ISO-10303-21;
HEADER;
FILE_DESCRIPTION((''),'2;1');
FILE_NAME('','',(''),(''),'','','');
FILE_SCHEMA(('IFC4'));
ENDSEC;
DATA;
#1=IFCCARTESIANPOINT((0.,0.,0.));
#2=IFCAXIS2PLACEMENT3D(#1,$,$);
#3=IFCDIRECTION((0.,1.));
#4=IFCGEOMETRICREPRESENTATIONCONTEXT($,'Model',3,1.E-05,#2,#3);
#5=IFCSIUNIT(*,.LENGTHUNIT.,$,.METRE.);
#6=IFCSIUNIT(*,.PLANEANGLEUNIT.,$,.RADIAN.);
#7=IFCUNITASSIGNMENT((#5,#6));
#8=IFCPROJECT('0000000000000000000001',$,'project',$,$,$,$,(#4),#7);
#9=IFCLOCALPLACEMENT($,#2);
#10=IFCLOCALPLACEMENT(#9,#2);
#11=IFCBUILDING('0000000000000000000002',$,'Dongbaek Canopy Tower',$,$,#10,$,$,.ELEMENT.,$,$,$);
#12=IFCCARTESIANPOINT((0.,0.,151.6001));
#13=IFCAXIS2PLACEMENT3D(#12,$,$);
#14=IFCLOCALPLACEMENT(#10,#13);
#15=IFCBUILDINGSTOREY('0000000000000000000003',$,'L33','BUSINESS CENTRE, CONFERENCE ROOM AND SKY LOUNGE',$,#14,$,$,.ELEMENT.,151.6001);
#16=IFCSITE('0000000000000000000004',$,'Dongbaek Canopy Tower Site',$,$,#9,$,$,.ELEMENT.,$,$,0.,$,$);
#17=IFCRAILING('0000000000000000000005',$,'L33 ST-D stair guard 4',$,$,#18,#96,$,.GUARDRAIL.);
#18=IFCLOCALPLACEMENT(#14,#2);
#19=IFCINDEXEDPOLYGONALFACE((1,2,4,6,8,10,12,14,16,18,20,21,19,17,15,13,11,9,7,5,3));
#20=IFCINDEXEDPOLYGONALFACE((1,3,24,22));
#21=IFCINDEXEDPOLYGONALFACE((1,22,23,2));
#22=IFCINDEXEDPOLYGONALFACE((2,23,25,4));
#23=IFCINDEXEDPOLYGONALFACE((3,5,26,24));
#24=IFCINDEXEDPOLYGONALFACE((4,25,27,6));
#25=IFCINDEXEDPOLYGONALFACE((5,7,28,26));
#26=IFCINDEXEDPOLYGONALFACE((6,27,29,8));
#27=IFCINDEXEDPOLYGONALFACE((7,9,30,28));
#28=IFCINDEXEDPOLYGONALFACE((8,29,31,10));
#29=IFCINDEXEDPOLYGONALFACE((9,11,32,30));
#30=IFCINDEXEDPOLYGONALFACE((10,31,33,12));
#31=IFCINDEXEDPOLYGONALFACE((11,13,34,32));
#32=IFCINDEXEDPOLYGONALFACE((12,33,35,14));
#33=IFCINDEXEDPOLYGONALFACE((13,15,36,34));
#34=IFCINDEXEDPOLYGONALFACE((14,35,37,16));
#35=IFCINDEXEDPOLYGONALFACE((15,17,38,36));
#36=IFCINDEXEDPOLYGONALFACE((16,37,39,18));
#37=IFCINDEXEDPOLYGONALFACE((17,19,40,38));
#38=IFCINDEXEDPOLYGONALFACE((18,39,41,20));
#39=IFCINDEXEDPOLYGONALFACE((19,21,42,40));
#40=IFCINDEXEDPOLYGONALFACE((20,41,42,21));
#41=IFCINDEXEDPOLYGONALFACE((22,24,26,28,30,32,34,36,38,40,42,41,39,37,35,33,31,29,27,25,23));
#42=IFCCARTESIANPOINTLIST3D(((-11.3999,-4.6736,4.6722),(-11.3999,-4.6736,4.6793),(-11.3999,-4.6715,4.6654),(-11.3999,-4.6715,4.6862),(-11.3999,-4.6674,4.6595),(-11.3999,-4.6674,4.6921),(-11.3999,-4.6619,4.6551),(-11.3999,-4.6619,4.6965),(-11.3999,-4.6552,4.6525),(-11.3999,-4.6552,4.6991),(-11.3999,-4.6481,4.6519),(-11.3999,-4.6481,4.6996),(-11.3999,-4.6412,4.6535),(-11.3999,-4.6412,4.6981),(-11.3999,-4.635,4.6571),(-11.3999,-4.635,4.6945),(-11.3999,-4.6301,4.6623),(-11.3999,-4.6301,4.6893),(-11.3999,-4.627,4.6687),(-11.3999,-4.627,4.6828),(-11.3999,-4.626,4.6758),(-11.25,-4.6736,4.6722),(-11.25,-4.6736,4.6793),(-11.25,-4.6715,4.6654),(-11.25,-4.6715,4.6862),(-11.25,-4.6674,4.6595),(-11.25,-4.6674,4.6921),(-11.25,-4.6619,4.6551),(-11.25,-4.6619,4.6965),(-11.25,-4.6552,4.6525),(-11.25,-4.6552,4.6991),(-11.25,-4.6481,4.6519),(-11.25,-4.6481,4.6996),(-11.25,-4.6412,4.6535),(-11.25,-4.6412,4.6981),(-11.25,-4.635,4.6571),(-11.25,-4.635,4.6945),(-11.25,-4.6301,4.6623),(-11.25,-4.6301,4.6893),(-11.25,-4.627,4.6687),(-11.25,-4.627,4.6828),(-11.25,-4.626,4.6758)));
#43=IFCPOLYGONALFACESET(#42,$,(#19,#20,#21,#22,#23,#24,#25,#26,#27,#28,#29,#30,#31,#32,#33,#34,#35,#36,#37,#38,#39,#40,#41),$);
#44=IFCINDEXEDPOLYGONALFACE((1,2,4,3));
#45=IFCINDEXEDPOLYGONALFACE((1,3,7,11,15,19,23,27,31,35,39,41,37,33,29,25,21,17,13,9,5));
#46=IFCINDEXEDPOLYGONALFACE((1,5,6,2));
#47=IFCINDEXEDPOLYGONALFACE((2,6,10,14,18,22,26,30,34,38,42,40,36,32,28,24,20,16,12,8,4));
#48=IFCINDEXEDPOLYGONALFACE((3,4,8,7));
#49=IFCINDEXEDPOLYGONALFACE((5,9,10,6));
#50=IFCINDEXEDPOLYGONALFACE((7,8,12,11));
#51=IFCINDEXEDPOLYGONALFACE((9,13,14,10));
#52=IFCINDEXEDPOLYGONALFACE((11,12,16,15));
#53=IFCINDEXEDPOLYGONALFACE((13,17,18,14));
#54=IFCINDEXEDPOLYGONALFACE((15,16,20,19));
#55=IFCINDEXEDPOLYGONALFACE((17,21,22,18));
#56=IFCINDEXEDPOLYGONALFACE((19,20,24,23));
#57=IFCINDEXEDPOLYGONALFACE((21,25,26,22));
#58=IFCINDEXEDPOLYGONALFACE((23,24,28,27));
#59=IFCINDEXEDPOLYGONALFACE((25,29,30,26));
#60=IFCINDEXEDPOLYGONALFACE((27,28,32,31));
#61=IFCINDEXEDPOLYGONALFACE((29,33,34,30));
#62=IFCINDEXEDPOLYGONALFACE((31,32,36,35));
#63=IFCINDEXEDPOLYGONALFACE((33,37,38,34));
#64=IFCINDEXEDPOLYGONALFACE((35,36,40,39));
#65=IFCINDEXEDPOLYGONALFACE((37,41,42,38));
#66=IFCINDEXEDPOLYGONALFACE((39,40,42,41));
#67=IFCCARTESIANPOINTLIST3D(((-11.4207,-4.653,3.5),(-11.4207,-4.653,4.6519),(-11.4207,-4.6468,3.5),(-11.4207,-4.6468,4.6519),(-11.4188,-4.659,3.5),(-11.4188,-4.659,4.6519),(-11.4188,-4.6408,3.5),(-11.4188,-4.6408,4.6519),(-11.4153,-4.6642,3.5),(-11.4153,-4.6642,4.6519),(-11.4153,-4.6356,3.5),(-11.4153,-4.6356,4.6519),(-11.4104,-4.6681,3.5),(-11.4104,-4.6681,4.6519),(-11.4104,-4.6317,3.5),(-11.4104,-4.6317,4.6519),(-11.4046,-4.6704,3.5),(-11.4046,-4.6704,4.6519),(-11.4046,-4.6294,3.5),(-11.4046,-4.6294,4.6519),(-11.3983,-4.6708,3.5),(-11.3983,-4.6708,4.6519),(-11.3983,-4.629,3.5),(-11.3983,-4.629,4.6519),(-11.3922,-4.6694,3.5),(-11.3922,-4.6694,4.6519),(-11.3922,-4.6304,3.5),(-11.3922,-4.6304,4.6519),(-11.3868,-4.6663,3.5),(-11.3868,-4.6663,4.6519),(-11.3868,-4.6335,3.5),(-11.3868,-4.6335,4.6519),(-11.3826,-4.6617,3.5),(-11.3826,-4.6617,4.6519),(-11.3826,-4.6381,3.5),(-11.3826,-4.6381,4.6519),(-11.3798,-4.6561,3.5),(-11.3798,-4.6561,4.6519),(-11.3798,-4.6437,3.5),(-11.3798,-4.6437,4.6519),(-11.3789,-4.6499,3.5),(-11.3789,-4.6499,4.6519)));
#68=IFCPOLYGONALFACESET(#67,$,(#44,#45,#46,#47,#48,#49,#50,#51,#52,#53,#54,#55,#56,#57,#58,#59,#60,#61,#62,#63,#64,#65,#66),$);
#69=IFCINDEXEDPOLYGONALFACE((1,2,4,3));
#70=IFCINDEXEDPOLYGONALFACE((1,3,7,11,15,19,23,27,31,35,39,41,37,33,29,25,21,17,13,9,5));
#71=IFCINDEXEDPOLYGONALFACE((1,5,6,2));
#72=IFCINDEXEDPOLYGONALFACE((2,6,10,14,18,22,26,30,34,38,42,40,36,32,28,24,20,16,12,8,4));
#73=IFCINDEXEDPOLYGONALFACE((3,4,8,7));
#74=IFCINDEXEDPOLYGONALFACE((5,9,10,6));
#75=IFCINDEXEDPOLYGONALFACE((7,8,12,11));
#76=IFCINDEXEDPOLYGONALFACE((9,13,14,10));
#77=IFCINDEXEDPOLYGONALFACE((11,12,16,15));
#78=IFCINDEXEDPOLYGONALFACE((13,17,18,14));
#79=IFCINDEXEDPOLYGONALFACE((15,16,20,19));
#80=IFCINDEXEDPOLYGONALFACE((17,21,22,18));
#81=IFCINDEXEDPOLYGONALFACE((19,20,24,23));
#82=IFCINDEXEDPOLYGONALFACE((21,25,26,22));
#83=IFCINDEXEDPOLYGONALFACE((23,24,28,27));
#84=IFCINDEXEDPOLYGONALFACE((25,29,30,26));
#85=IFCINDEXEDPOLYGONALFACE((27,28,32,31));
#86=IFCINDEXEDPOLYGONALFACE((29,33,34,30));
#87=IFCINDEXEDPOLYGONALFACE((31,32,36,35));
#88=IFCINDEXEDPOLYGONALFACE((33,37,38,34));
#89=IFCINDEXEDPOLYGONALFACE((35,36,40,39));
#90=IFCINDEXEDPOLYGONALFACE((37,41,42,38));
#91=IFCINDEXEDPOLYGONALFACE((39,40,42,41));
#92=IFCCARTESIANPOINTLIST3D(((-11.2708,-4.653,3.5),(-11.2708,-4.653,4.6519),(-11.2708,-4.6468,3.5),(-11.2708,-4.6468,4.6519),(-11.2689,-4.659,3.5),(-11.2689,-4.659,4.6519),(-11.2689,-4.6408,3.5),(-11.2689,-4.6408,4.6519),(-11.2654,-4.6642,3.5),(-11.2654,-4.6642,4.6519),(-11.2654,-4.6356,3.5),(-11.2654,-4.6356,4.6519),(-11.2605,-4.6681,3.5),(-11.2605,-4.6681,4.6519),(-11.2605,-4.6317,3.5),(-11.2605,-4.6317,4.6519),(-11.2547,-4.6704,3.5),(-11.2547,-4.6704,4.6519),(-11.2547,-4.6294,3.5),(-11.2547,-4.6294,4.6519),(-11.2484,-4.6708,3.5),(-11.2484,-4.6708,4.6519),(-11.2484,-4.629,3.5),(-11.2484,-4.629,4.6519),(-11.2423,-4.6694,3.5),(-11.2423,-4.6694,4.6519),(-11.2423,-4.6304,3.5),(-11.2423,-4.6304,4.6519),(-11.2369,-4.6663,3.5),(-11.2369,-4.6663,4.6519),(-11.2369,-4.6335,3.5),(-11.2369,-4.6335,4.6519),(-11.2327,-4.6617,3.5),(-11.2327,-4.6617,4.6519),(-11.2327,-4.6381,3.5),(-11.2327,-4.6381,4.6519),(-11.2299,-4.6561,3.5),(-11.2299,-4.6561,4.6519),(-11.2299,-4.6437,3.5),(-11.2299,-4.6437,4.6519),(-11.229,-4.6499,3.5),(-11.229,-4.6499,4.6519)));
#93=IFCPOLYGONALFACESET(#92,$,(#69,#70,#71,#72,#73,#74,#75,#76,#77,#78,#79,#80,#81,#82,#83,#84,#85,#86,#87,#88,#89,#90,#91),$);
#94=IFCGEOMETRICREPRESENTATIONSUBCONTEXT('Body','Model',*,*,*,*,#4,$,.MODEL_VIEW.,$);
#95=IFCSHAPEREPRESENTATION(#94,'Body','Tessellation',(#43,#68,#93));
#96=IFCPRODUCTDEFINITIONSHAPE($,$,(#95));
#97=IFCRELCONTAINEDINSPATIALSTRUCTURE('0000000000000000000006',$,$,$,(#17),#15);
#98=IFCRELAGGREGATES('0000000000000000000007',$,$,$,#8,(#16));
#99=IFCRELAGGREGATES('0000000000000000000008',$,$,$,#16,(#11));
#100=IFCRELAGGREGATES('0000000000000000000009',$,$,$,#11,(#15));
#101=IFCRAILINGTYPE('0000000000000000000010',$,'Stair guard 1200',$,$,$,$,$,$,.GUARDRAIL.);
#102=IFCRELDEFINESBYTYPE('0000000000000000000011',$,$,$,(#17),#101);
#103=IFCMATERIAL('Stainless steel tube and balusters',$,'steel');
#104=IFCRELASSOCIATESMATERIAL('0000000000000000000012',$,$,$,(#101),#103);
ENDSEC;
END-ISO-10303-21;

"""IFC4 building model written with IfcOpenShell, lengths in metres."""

from ifc_helpers import new_model, si_unit, direction, frame, origin, origin_2d, place, context, subcontext, project, spatial, circle, extrude, material, type_object, element, save


model = new_model("IFC4")

# Units and contexts
model_context = context("Model", 3, precision=1e-05, world=origin(), true_north=direction((0.0, 1.0)))
body_context = subcontext(model_context, "Body", "Model", "MODEL_VIEW")
ifc_project = project(units=[si_unit("LENGTHUNIT", "METRE"), si_unit("PLANEANGLEUNIT", "RADIAN")], contexts=[model_context])

# Site, building, storey
site_placement = place(None, origin())
site = spatial("IfcSite", under=ifc_project, at=site_placement, Name="Dongbaek Canopy Tower Site", CompositionType="ELEMENT", RefElevation=0.0)
building_placement = place(site_placement, origin())
building = spatial("IfcBuilding", under=site, at=building_placement, Name="Dongbaek Canopy Tower", CompositionType="ELEMENT")
storey_placement = place(building_placement, frame((0.0, 0.0, 151.6001)))
storey = spatial("IfcBuildingStorey", under=building, at=storey_placement, Name="L33", Description="BUSINESS CENTRE, CONFERENCE ROOM AND SKY LOUNGE", CompositionType="ELEMENT", Elevation=151.6001)

# Railing
ifc_material_1 = material(Name="Stainless steel tube and balusters", Category="steel")
railing_type_1 = type_object("IfcRailingType", Name="Stair guard 1200", PredefinedType="GUARDRAIL", material=ifc_material_1)
railing_1_placement = place(storey_placement, frame((-11.3999, -4.6499, 3.5)))
element("IfcRailing", 1, at=railing_1_placement, inside=storey, type_object=railing_type_1, Name="L33 ST-D stair guard 4", PredefinedType="GUARDRAIL", context=body_context, shape_type="SweptSolid", body=[
    extrude(circle(Radius=0.0239, at=origin_2d()), frame((0.0, 0.0, 1.1758), z_axis=(1.0, 0.0, 0.0), x_axis=(0.0, 1.0, 0.0)), (0.0, 0.0, 1.0), 0.1499),
    extrude(circle(Radius=0.021, at=origin_2d()), origin(), (0.0, 0.0, 1.0), 1.1519),
    extrude(circle(Radius=0.021, at=origin_2d()), frame((0.1499, 0.0, 0.0)), (0.0, 0.0, 1.0), 1.1519),
])

save(model, "model.ifc")
